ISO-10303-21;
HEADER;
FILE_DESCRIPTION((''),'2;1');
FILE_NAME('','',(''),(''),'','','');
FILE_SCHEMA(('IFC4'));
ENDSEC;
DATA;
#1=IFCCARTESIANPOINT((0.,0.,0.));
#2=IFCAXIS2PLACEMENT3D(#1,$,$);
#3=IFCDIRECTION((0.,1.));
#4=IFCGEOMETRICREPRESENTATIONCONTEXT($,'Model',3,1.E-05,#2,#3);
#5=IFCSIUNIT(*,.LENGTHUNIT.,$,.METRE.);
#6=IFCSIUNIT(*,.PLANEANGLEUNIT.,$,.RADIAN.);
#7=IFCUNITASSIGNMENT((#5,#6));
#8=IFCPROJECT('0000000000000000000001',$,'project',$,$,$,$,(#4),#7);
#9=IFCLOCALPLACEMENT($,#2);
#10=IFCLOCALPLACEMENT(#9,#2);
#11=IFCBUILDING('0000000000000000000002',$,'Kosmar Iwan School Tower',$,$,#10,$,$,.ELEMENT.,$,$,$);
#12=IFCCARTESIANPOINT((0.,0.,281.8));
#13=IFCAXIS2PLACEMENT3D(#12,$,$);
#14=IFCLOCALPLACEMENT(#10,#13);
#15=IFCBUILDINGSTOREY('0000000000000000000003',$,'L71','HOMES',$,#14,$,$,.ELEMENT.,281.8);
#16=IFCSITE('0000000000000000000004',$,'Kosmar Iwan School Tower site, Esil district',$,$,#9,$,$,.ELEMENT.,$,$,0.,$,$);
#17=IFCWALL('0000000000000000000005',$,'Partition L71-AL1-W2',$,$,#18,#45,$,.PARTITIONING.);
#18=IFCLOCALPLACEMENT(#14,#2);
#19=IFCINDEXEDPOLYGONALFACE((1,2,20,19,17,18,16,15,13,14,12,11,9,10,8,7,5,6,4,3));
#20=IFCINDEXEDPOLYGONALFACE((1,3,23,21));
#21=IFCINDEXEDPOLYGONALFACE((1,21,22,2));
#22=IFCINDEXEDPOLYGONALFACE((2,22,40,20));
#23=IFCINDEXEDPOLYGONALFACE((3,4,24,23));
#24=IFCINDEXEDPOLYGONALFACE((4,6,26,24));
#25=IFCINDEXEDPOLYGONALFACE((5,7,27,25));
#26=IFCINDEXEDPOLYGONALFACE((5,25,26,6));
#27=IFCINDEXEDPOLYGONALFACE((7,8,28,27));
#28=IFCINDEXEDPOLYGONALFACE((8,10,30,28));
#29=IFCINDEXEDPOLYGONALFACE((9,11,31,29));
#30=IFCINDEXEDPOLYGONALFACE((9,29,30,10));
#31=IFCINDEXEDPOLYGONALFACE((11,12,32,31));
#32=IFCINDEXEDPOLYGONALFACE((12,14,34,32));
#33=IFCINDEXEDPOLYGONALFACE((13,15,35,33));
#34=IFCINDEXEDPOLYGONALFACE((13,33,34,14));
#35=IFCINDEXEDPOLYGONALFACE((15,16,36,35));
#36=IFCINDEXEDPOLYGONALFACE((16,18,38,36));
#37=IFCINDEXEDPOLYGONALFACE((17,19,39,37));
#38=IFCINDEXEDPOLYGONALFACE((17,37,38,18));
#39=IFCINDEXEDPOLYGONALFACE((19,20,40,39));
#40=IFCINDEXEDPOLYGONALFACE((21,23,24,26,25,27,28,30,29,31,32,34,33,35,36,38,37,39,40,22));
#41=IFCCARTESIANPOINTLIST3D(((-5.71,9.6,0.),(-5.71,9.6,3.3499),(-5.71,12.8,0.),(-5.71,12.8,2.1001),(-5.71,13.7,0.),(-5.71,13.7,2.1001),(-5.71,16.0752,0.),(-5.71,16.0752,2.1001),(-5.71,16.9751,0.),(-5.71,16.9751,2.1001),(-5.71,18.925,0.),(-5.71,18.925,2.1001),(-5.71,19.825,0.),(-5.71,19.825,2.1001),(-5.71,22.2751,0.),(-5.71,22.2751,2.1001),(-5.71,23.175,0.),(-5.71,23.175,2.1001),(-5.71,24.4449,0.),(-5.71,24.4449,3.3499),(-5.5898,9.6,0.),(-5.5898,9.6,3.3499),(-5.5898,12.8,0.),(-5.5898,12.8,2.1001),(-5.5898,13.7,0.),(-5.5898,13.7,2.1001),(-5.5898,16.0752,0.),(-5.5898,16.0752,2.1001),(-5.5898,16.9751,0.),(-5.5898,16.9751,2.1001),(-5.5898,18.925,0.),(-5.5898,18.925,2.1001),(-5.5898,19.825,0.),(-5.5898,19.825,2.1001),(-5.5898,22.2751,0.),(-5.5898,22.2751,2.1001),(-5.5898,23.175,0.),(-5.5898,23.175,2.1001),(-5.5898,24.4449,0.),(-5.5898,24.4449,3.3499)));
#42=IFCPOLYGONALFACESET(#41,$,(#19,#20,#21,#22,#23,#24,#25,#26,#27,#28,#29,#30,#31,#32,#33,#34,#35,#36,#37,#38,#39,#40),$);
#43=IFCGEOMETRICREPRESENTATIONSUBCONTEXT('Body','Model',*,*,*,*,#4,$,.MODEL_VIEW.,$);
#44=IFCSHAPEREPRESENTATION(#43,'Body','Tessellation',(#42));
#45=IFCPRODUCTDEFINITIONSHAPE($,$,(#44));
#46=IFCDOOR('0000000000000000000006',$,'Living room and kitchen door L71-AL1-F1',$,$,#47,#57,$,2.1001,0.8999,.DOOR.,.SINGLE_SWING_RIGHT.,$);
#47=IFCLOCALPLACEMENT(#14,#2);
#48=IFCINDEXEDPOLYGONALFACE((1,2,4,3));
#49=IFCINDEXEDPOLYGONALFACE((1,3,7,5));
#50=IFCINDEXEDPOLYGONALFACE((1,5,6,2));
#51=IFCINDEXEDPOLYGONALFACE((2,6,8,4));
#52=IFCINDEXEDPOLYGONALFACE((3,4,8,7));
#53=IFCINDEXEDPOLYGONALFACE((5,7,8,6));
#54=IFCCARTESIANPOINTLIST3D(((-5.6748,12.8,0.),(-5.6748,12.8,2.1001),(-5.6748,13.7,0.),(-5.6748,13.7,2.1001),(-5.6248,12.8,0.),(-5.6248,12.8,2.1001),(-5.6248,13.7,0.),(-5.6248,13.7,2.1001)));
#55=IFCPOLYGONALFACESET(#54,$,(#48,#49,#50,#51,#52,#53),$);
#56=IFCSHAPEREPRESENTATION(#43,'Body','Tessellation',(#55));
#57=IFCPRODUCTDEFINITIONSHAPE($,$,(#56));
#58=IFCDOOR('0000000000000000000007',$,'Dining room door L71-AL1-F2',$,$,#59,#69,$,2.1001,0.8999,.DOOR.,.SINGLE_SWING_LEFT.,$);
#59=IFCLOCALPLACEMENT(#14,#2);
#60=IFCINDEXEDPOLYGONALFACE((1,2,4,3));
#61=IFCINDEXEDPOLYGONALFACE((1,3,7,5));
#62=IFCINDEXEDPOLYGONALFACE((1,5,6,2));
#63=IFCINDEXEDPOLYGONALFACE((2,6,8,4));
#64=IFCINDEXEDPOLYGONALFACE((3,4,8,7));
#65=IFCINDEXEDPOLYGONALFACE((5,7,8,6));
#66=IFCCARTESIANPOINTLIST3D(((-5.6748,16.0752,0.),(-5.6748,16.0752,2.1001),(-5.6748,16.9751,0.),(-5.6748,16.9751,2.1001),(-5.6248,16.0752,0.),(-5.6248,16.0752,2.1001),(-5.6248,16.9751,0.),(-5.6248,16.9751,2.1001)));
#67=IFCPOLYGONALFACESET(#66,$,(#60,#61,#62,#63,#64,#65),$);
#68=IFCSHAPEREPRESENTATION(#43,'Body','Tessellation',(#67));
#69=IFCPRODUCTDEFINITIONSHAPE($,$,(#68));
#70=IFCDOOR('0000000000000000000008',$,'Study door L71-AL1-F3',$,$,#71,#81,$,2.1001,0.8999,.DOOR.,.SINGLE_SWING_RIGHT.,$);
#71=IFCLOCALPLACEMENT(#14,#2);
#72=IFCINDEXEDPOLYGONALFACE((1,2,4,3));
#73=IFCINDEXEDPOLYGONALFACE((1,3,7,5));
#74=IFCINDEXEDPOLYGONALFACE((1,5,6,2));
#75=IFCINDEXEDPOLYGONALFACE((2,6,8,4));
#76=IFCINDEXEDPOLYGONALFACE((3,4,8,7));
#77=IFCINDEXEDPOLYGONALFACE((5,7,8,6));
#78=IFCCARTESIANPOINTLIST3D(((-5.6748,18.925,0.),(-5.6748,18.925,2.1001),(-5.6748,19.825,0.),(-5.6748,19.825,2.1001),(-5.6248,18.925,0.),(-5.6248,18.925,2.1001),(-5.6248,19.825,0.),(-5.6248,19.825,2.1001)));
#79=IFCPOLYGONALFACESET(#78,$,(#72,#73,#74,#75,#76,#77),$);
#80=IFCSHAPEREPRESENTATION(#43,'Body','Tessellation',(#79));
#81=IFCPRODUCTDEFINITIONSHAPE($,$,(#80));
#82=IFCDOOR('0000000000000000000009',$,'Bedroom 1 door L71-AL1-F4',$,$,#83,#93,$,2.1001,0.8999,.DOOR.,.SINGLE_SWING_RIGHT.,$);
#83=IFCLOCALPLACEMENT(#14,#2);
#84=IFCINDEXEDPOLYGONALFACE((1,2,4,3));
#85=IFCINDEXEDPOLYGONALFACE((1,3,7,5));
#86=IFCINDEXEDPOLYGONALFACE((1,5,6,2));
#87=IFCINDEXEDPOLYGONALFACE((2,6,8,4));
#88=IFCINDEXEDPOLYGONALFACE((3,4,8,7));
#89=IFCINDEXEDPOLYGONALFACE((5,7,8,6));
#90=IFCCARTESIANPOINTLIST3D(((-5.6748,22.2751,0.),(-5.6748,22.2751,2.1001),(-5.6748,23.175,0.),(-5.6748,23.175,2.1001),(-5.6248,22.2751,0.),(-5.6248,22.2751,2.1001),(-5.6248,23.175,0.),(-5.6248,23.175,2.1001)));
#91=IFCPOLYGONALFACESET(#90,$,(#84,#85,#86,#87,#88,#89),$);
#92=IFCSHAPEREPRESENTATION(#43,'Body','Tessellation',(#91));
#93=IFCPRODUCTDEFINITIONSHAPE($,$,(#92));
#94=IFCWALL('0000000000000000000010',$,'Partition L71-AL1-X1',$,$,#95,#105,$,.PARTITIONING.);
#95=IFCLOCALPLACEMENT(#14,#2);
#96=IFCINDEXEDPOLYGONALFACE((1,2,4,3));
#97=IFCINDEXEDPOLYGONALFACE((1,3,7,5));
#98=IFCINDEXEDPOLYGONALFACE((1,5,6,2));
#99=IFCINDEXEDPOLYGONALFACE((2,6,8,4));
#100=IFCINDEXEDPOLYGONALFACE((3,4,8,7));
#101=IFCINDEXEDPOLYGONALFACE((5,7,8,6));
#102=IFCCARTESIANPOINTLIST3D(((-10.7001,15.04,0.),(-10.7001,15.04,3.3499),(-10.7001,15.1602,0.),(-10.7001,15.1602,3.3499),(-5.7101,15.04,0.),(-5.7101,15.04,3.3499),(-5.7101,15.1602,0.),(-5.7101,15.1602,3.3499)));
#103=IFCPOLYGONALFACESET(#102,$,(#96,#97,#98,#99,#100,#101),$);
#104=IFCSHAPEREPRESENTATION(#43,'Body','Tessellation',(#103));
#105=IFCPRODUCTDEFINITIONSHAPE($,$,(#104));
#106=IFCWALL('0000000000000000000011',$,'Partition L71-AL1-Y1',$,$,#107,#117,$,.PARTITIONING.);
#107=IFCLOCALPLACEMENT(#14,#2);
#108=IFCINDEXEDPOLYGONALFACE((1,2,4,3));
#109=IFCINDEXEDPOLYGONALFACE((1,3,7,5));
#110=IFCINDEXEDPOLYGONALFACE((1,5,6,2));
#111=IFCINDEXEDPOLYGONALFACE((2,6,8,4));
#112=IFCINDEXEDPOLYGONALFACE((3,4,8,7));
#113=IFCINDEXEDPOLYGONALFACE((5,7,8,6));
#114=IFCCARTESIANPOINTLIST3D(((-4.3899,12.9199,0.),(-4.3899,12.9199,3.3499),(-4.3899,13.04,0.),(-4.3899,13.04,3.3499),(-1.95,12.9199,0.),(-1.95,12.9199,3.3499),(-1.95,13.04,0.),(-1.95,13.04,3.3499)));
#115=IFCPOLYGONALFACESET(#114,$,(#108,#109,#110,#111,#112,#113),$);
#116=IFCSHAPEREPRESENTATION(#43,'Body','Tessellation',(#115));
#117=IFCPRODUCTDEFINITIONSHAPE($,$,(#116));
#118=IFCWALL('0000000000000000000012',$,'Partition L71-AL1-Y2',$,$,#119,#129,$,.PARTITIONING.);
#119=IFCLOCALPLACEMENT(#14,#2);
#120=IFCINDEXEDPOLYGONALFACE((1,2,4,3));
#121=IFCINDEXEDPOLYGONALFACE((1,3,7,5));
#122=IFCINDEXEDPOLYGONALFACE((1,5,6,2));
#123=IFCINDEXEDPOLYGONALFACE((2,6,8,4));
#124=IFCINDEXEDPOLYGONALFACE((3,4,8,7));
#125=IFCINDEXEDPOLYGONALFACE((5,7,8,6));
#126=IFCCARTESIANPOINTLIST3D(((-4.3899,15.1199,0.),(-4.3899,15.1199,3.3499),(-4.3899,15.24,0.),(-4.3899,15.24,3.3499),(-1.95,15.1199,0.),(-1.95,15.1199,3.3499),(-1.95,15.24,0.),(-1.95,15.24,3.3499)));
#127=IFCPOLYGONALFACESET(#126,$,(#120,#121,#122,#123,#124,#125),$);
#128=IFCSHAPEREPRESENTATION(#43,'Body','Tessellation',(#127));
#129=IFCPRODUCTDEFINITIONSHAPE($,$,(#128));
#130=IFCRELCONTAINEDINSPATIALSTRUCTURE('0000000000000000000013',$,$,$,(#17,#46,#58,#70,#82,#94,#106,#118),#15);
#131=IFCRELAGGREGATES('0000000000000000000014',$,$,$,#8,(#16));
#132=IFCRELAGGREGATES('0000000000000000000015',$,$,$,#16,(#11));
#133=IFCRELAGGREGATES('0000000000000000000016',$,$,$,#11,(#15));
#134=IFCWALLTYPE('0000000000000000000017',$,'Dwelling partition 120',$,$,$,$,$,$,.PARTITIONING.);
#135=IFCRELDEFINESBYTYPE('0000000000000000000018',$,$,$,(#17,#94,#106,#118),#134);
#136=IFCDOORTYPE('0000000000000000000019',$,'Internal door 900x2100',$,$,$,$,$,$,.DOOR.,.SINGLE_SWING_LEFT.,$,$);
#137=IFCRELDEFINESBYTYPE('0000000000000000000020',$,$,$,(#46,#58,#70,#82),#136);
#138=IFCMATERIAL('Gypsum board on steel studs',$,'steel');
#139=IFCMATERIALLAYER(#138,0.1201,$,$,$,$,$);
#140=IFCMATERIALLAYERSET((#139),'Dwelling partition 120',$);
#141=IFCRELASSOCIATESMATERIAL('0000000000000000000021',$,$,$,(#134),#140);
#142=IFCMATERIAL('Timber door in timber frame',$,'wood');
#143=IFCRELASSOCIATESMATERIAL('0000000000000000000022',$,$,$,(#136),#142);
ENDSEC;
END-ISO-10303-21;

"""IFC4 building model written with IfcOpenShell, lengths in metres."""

from ifc_helpers import new_model, si_unit, direction, frame, frame_2d, origin, place, context, subcontext, project, spatial, rectangle, extrude, material, layer, layer_set, type_object, element, fill, save


model = new_model("IFC4")

# Units and contexts
model_context = context("Model", 3, precision=1e-05, world=origin(), true_north=direction((0.0, 1.0)))
body_context = subcontext(model_context, "Body", "Model", "MODEL_VIEW")
ifc_project = project(units=[si_unit("LENGTHUNIT", "METRE"), si_unit("PLANEANGLEUNIT", "RADIAN")], contexts=[model_context])

# Site, building, storey
site_placement = place(None, origin())
site = spatial("IfcSite", under=ifc_project, at=site_placement, Name="Kosmar Iwan School Tower site, Esil district", CompositionType="ELEMENT", RefElevation=0.0)
building_placement = place(site_placement, origin())
building = spatial("IfcBuilding", under=site, at=building_placement, Name="Kosmar Iwan School Tower", CompositionType="ELEMENT")
storey_placement = place(building_placement, frame((0.0, 0.0, 281.8)))
storey = spatial("IfcBuildingStorey", under=building, at=storey_placement, Name="L71", Description="HOMES", CompositionType="ELEMENT", Elevation=281.8)

# Wall, openings, doors
ifc_material_1 = material(Name="Gypsum board on steel studs", Category="steel")
ifc_layer_1 = layer(ifc_material_1, 0.1201)
ifc_layer_set_1 = layer_set([ifc_layer_1], Name="Dwelling partition 120")
wall_type_1 = type_object("IfcWallType", Name="Dwelling partition 120", PredefinedType="PARTITIONING", material=ifc_layer_set_1)
ifc_material_2 = material(Name="Timber door in timber frame", Category="wood")
door_type_1 = type_object("IfcDoorType", Name="Internal door 900x2100", OperationType="SINGLE_SWING_LEFT", PredefinedType="DOOR", material=ifc_material_2)
wall_1_placement = place(storey_placement, frame((-5.6499, 9.6001, 0.0), z_axis=(0.0, 0.0, 1.0), x_axis=(0.0, 1.0, 0.0)))
wall_1 = element("IfcWall", 1, at=wall_1_placement, inside=storey, type_object=wall_type_1, Name="Partition L71-AL1-W2", PredefinedType="PARTITIONING", context=body_context, shape_type="SweptSolid", body=[
    extrude(rectangle(XDim=14.845, YDim=0.1201, at=frame_2d((7.4224, 0.0))), origin(), (0.0, 0.0, 1.0), 3.3499),
])
opening_1_placement = place(wall_1_placement, frame((3.2, 0.0, 0.0)))
opening_1 = element("IfcOpeningElement", 2, at=opening_1_placement, cuts=wall_1, PredefinedType="OPENING", context=body_context, shape_type="SweptSolid", body=[
    extrude(rectangle(XDim=0.8999, YDim=2.1001, at=frame_2d((0.45, 1.05))), frame((0.0, 0.072, 0.0), z_axis=(0.0, -1.0, 0.0), x_axis=(1.0, 0.0, 0.0)), (0.0, 0.0, 1.0), 0.144),
])
opening_2_placement = place(wall_1_placement, frame((6.4751, 0.0, 0.0)))
opening_2 = element("IfcOpeningElement", 3, at=opening_2_placement, cuts=wall_1, PredefinedType="OPENING", context=body_context, shape_type="SweptSolid", body=[
    extrude(rectangle(XDim=0.8999, YDim=2.1001, at=frame_2d((0.45, 1.05))), frame((0.0, 0.072, 0.0), z_axis=(0.0, -1.0, 0.0), x_axis=(1.0, 0.0, 0.0)), (0.0, 0.0, 1.0), 0.144),
])
opening_3_placement = place(wall_1_placement, frame((9.325, 0.0, 0.0)))
opening_3 = element("IfcOpeningElement", 4, at=opening_3_placement, cuts=wall_1, PredefinedType="OPENING", context=body_context, shape_type="SweptSolid", body=[
    extrude(rectangle(XDim=0.8999, YDim=2.1001, at=frame_2d((0.45, 1.05))), frame((0.0, 0.072, 0.0), z_axis=(0.0, -1.0, 0.0), x_axis=(1.0, 0.0, 0.0)), (0.0, 0.0, 1.0), 0.144),
])
opening_4_placement = place(wall_1_placement, frame((12.675, 0.0, 0.0)))
opening_4 = element("IfcOpeningElement", 5, at=opening_4_placement, cuts=wall_1, PredefinedType="OPENING", context=body_context, shape_type="SweptSolid", body=[
    extrude(rectangle(XDim=0.8999, YDim=2.1001, at=frame_2d((0.45, 1.05))), frame((0.0, 0.072, 0.0), z_axis=(0.0, -1.0, 0.0), x_axis=(1.0, 0.0, 0.0)), (0.0, 0.0, 1.0), 0.144),
])
door_1_placement = place(opening_1_placement, origin())
door_1 = element("IfcDoor", 6, at=door_1_placement, inside=storey, type_object=door_type_1, Name="Living room and kitchen door L71-AL1-F1", OperationType="SINGLE_SWING_RIGHT", OverallHeight=2.1001, OverallWidth=0.8999, PredefinedType="DOOR", context=body_context, shape_type="SweptSolid", body=[
    extrude(rectangle(XDim=0.8999, YDim=2.1001, at=frame_2d((0.45, 1.05))), frame((0.0, 0.0249, 0.0), z_axis=(0.0, -1.0, 0.0), x_axis=(1.0, 0.0, 0.0)), (0.0, 0.0, 1.0), 0.05),
])
fill(opening_1, door_1)
door_2_placement = place(opening_2_placement, origin())
door_2 = element("IfcDoor", 7, at=door_2_placement, inside=storey, type_object=door_type_1, Name="Dining room door L71-AL1-F2", OperationType="SINGLE_SWING_LEFT", OverallHeight=2.1001, OverallWidth=0.8999, PredefinedType="DOOR", context=body_context, shape_type="SweptSolid", body=[
    extrude(rectangle(XDim=0.8999, YDim=2.1001, at=frame_2d((0.45, 1.05))), frame((0.0, 0.0249, 0.0), z_axis=(0.0, -1.0, 0.0), x_axis=(1.0, 0.0, 0.0)), (0.0, 0.0, 1.0), 0.05),
])
fill(opening_2, door_2)
door_3_placement = place(opening_3_placement, origin())
door_3 = element("IfcDoor", 8, at=door_3_placement, inside=storey, type_object=door_type_1, Name="Study door L71-AL1-F3", OperationType="SINGLE_SWING_RIGHT", OverallHeight=2.1001, OverallWidth=0.8999, PredefinedType="DOOR", context=body_context, shape_type="SweptSolid", body=[
    extrude(rectangle(XDim=0.8999, YDim=2.1001, at=frame_2d((0.45, 1.05))), frame((0.0, 0.0249, 0.0), z_axis=(0.0, -1.0, 0.0), x_axis=(1.0, 0.0, 0.0)), (0.0, 0.0, 1.0), 0.05),
])
fill(opening_3, door_3)
door_4_placement = place(opening_4_placement, origin())
door_4 = element("IfcDoor", 9, at=door_4_placement, inside=storey, type_object=door_type_1, Name="Bedroom 1 door L71-AL1-F4", OperationType="SINGLE_SWING_RIGHT", OverallHeight=2.1001, OverallWidth=0.8999, PredefinedType="DOOR", context=body_context, shape_type="SweptSolid", body=[
    extrude(rectangle(XDim=0.8999, YDim=2.1001, at=frame_2d((0.45, 1.05))), frame((0.0, 0.0249, 0.0), z_axis=(0.0, -1.0, 0.0), x_axis=(1.0, 0.0, 0.0)), (0.0, 0.0, 1.0), 0.05),
])
fill(opening_4, door_4)

# Walls
wall_2_placement = place(storey_placement, frame((-5.71, 15.1001, 0.0), z_axis=(0.0, 0.0, 1.0), x_axis=(-1.0, 0.0, 0.0)))
element("IfcWall", 10, at=wall_2_placement, inside=storey, type_object=wall_type_1, Name="Partition L71-AL1-X1", PredefinedType="PARTITIONING", context=body_context, shape_type="SweptSolid", body=[
    extrude(rectangle(XDim=4.99, YDim=0.1201, at=frame_2d((2.4951, 0.0))), origin(), (0.0, 0.0, 1.0), 3.3499),
])
for number, where, z_axis, x_axis, name in (
    (11, (-1.95, 12.98, 0.0), (0.0, 0.0, 1.0), (-1.0, 0.0, 0.0), "Partition L71-AL1-Y1"),
    (12, (-1.95, 15.1799, 0.0), (0.0, 0.0, 1.0), (-1.0, 0.0, 0.0), "Partition L71-AL1-Y2"),
):
    element("IfcWall", number, at=place(storey_placement, frame(where, z_axis=z_axis, x_axis=x_axis)), inside=storey, type_object=wall_type_1, Name=name, PredefinedType="PARTITIONING", context=body_context, shape_type="SweptSolid", body=[
        extrude(rectangle(XDim=2.4399, YDim=0.1201, at=frame_2d((1.22, 0.0))), origin(), (0.0, 0.0, 1.0), 3.3499),
    ])

save(model, "model.ifc")
